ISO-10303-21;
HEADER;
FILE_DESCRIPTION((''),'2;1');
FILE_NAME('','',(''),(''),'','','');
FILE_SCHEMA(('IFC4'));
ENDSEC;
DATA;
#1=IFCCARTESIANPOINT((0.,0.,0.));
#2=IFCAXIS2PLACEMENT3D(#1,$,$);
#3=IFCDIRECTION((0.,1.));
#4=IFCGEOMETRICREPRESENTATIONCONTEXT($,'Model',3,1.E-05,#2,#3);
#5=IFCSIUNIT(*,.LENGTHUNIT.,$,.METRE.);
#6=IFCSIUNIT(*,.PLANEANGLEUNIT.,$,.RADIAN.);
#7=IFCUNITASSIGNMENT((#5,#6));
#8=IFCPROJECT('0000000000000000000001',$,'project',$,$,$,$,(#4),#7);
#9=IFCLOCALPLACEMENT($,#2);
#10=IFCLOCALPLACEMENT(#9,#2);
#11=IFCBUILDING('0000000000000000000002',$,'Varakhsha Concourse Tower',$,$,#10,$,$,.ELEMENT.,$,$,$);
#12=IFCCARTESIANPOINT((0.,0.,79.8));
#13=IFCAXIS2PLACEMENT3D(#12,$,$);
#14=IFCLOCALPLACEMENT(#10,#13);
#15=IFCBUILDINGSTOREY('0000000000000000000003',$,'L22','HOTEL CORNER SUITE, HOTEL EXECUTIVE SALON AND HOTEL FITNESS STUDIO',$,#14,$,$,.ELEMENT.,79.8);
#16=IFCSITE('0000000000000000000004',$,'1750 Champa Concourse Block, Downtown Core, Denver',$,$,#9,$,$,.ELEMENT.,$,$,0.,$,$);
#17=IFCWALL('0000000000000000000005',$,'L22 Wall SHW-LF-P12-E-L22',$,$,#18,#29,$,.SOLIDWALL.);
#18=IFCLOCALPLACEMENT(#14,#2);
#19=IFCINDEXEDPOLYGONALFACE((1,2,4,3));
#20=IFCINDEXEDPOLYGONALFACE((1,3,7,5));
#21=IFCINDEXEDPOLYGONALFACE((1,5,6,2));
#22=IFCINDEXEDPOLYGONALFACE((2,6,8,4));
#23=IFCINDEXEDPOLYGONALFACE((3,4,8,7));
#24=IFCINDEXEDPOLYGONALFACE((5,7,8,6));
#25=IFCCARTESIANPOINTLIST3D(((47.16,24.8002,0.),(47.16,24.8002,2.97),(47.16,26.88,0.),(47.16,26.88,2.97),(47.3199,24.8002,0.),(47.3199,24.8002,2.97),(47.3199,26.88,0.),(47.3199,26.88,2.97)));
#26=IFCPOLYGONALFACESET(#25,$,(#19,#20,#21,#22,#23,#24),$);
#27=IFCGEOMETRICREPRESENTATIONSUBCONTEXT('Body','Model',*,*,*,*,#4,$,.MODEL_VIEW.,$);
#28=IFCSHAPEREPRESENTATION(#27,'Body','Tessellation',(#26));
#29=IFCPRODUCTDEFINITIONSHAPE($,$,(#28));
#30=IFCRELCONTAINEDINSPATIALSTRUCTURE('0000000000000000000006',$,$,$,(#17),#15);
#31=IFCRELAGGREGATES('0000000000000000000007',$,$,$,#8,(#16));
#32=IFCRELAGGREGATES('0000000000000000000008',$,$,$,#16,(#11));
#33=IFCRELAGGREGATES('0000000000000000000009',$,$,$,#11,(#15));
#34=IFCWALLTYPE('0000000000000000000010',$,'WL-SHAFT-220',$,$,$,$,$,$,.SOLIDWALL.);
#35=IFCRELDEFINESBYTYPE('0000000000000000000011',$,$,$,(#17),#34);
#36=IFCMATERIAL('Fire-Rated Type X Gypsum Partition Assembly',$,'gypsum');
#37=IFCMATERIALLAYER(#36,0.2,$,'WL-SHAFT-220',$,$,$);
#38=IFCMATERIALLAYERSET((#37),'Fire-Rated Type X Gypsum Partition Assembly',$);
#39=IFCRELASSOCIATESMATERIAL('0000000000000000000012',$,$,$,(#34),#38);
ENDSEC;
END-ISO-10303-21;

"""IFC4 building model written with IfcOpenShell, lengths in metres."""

from ifc_helpers import new_model, si_unit, direction, frame, frame_2d, origin, place, context, subcontext, project, spatial, rectangle, extrude, material, layer, layer_set, type_object, element, save


model = new_model("IFC4")

# Units and contexts
model_context = context("Model", 3, precision=1e-05, world=origin(), true_north=direction((0.0, 1.0)))
body_context = subcontext(model_context, "Body", "Model", "MODEL_VIEW")
ifc_project = project(units=[si_unit("LENGTHUNIT", "METRE"), si_unit("PLANEANGLEUNIT", "RADIAN")], contexts=[model_context])

# Site, building, storey
site_placement = place(None, origin())
site = spatial("IfcSite", under=ifc_project, at=site_placement, Name="1750 Champa Concourse Block, Downtown Core, Denver", CompositionType="ELEMENT", RefElevation=0.0)
building_placement = place(site_placement, origin())
building = spatial("IfcBuilding", under=site, at=building_placement, Name="Varakhsha Concourse Tower", CompositionType="ELEMENT")
storey_placement = place(building_placement, frame((0.0, 0.0, 79.8)))
storey = spatial("IfcBuildingStorey", under=building, at=storey_placement, Name="L22", Description="HOTEL CORNER SUITE, HOTEL EXECUTIVE SALON AND HOTEL FITNESS STUDIO", CompositionType="ELEMENT", Elevation=79.8)

# Shared definitions
ifc_material_1 = material(Name="Fire-Rated Type X Gypsum Partition Assembly", Category="gypsum")

# Wall
ifc_layer_1 = layer(ifc_material_1, 0.2, Name="WL-SHAFT-220")
ifc_layer_set_1 = layer_set([ifc_layer_1], Name="Fire-Rated Type X Gypsum Partition Assembly")
wall_type_1 = type_object("IfcWallType", Name="WL-SHAFT-220", PredefinedType="SOLIDWALL", material=ifc_layer_set_1)
for number, where, z_axis, x_axis, name in (
    (1, (47.24, 24.8, 0.0), (0.0, 0.0, 1.0), (0.0, 1.0, 0.0), "L22 Wall SHW-LF-P12-E-L22"),
):
    element("IfcWall", number, at=place(storey_placement, frame(where, z_axis=z_axis, x_axis=x_axis)), inside=storey, type_object=wall_type_1, Name=name, PredefinedType="SOLIDWALL", context=body_context, shape_type="SweptSolid", body=[
        extrude(rectangle(XDim=2.0798, YDim=0.1599, at=frame_2d((1.04, 0.0))), origin(), (0.0, 0.0, 1.0), 2.97),
    ])

save(model, "model.ifc")
